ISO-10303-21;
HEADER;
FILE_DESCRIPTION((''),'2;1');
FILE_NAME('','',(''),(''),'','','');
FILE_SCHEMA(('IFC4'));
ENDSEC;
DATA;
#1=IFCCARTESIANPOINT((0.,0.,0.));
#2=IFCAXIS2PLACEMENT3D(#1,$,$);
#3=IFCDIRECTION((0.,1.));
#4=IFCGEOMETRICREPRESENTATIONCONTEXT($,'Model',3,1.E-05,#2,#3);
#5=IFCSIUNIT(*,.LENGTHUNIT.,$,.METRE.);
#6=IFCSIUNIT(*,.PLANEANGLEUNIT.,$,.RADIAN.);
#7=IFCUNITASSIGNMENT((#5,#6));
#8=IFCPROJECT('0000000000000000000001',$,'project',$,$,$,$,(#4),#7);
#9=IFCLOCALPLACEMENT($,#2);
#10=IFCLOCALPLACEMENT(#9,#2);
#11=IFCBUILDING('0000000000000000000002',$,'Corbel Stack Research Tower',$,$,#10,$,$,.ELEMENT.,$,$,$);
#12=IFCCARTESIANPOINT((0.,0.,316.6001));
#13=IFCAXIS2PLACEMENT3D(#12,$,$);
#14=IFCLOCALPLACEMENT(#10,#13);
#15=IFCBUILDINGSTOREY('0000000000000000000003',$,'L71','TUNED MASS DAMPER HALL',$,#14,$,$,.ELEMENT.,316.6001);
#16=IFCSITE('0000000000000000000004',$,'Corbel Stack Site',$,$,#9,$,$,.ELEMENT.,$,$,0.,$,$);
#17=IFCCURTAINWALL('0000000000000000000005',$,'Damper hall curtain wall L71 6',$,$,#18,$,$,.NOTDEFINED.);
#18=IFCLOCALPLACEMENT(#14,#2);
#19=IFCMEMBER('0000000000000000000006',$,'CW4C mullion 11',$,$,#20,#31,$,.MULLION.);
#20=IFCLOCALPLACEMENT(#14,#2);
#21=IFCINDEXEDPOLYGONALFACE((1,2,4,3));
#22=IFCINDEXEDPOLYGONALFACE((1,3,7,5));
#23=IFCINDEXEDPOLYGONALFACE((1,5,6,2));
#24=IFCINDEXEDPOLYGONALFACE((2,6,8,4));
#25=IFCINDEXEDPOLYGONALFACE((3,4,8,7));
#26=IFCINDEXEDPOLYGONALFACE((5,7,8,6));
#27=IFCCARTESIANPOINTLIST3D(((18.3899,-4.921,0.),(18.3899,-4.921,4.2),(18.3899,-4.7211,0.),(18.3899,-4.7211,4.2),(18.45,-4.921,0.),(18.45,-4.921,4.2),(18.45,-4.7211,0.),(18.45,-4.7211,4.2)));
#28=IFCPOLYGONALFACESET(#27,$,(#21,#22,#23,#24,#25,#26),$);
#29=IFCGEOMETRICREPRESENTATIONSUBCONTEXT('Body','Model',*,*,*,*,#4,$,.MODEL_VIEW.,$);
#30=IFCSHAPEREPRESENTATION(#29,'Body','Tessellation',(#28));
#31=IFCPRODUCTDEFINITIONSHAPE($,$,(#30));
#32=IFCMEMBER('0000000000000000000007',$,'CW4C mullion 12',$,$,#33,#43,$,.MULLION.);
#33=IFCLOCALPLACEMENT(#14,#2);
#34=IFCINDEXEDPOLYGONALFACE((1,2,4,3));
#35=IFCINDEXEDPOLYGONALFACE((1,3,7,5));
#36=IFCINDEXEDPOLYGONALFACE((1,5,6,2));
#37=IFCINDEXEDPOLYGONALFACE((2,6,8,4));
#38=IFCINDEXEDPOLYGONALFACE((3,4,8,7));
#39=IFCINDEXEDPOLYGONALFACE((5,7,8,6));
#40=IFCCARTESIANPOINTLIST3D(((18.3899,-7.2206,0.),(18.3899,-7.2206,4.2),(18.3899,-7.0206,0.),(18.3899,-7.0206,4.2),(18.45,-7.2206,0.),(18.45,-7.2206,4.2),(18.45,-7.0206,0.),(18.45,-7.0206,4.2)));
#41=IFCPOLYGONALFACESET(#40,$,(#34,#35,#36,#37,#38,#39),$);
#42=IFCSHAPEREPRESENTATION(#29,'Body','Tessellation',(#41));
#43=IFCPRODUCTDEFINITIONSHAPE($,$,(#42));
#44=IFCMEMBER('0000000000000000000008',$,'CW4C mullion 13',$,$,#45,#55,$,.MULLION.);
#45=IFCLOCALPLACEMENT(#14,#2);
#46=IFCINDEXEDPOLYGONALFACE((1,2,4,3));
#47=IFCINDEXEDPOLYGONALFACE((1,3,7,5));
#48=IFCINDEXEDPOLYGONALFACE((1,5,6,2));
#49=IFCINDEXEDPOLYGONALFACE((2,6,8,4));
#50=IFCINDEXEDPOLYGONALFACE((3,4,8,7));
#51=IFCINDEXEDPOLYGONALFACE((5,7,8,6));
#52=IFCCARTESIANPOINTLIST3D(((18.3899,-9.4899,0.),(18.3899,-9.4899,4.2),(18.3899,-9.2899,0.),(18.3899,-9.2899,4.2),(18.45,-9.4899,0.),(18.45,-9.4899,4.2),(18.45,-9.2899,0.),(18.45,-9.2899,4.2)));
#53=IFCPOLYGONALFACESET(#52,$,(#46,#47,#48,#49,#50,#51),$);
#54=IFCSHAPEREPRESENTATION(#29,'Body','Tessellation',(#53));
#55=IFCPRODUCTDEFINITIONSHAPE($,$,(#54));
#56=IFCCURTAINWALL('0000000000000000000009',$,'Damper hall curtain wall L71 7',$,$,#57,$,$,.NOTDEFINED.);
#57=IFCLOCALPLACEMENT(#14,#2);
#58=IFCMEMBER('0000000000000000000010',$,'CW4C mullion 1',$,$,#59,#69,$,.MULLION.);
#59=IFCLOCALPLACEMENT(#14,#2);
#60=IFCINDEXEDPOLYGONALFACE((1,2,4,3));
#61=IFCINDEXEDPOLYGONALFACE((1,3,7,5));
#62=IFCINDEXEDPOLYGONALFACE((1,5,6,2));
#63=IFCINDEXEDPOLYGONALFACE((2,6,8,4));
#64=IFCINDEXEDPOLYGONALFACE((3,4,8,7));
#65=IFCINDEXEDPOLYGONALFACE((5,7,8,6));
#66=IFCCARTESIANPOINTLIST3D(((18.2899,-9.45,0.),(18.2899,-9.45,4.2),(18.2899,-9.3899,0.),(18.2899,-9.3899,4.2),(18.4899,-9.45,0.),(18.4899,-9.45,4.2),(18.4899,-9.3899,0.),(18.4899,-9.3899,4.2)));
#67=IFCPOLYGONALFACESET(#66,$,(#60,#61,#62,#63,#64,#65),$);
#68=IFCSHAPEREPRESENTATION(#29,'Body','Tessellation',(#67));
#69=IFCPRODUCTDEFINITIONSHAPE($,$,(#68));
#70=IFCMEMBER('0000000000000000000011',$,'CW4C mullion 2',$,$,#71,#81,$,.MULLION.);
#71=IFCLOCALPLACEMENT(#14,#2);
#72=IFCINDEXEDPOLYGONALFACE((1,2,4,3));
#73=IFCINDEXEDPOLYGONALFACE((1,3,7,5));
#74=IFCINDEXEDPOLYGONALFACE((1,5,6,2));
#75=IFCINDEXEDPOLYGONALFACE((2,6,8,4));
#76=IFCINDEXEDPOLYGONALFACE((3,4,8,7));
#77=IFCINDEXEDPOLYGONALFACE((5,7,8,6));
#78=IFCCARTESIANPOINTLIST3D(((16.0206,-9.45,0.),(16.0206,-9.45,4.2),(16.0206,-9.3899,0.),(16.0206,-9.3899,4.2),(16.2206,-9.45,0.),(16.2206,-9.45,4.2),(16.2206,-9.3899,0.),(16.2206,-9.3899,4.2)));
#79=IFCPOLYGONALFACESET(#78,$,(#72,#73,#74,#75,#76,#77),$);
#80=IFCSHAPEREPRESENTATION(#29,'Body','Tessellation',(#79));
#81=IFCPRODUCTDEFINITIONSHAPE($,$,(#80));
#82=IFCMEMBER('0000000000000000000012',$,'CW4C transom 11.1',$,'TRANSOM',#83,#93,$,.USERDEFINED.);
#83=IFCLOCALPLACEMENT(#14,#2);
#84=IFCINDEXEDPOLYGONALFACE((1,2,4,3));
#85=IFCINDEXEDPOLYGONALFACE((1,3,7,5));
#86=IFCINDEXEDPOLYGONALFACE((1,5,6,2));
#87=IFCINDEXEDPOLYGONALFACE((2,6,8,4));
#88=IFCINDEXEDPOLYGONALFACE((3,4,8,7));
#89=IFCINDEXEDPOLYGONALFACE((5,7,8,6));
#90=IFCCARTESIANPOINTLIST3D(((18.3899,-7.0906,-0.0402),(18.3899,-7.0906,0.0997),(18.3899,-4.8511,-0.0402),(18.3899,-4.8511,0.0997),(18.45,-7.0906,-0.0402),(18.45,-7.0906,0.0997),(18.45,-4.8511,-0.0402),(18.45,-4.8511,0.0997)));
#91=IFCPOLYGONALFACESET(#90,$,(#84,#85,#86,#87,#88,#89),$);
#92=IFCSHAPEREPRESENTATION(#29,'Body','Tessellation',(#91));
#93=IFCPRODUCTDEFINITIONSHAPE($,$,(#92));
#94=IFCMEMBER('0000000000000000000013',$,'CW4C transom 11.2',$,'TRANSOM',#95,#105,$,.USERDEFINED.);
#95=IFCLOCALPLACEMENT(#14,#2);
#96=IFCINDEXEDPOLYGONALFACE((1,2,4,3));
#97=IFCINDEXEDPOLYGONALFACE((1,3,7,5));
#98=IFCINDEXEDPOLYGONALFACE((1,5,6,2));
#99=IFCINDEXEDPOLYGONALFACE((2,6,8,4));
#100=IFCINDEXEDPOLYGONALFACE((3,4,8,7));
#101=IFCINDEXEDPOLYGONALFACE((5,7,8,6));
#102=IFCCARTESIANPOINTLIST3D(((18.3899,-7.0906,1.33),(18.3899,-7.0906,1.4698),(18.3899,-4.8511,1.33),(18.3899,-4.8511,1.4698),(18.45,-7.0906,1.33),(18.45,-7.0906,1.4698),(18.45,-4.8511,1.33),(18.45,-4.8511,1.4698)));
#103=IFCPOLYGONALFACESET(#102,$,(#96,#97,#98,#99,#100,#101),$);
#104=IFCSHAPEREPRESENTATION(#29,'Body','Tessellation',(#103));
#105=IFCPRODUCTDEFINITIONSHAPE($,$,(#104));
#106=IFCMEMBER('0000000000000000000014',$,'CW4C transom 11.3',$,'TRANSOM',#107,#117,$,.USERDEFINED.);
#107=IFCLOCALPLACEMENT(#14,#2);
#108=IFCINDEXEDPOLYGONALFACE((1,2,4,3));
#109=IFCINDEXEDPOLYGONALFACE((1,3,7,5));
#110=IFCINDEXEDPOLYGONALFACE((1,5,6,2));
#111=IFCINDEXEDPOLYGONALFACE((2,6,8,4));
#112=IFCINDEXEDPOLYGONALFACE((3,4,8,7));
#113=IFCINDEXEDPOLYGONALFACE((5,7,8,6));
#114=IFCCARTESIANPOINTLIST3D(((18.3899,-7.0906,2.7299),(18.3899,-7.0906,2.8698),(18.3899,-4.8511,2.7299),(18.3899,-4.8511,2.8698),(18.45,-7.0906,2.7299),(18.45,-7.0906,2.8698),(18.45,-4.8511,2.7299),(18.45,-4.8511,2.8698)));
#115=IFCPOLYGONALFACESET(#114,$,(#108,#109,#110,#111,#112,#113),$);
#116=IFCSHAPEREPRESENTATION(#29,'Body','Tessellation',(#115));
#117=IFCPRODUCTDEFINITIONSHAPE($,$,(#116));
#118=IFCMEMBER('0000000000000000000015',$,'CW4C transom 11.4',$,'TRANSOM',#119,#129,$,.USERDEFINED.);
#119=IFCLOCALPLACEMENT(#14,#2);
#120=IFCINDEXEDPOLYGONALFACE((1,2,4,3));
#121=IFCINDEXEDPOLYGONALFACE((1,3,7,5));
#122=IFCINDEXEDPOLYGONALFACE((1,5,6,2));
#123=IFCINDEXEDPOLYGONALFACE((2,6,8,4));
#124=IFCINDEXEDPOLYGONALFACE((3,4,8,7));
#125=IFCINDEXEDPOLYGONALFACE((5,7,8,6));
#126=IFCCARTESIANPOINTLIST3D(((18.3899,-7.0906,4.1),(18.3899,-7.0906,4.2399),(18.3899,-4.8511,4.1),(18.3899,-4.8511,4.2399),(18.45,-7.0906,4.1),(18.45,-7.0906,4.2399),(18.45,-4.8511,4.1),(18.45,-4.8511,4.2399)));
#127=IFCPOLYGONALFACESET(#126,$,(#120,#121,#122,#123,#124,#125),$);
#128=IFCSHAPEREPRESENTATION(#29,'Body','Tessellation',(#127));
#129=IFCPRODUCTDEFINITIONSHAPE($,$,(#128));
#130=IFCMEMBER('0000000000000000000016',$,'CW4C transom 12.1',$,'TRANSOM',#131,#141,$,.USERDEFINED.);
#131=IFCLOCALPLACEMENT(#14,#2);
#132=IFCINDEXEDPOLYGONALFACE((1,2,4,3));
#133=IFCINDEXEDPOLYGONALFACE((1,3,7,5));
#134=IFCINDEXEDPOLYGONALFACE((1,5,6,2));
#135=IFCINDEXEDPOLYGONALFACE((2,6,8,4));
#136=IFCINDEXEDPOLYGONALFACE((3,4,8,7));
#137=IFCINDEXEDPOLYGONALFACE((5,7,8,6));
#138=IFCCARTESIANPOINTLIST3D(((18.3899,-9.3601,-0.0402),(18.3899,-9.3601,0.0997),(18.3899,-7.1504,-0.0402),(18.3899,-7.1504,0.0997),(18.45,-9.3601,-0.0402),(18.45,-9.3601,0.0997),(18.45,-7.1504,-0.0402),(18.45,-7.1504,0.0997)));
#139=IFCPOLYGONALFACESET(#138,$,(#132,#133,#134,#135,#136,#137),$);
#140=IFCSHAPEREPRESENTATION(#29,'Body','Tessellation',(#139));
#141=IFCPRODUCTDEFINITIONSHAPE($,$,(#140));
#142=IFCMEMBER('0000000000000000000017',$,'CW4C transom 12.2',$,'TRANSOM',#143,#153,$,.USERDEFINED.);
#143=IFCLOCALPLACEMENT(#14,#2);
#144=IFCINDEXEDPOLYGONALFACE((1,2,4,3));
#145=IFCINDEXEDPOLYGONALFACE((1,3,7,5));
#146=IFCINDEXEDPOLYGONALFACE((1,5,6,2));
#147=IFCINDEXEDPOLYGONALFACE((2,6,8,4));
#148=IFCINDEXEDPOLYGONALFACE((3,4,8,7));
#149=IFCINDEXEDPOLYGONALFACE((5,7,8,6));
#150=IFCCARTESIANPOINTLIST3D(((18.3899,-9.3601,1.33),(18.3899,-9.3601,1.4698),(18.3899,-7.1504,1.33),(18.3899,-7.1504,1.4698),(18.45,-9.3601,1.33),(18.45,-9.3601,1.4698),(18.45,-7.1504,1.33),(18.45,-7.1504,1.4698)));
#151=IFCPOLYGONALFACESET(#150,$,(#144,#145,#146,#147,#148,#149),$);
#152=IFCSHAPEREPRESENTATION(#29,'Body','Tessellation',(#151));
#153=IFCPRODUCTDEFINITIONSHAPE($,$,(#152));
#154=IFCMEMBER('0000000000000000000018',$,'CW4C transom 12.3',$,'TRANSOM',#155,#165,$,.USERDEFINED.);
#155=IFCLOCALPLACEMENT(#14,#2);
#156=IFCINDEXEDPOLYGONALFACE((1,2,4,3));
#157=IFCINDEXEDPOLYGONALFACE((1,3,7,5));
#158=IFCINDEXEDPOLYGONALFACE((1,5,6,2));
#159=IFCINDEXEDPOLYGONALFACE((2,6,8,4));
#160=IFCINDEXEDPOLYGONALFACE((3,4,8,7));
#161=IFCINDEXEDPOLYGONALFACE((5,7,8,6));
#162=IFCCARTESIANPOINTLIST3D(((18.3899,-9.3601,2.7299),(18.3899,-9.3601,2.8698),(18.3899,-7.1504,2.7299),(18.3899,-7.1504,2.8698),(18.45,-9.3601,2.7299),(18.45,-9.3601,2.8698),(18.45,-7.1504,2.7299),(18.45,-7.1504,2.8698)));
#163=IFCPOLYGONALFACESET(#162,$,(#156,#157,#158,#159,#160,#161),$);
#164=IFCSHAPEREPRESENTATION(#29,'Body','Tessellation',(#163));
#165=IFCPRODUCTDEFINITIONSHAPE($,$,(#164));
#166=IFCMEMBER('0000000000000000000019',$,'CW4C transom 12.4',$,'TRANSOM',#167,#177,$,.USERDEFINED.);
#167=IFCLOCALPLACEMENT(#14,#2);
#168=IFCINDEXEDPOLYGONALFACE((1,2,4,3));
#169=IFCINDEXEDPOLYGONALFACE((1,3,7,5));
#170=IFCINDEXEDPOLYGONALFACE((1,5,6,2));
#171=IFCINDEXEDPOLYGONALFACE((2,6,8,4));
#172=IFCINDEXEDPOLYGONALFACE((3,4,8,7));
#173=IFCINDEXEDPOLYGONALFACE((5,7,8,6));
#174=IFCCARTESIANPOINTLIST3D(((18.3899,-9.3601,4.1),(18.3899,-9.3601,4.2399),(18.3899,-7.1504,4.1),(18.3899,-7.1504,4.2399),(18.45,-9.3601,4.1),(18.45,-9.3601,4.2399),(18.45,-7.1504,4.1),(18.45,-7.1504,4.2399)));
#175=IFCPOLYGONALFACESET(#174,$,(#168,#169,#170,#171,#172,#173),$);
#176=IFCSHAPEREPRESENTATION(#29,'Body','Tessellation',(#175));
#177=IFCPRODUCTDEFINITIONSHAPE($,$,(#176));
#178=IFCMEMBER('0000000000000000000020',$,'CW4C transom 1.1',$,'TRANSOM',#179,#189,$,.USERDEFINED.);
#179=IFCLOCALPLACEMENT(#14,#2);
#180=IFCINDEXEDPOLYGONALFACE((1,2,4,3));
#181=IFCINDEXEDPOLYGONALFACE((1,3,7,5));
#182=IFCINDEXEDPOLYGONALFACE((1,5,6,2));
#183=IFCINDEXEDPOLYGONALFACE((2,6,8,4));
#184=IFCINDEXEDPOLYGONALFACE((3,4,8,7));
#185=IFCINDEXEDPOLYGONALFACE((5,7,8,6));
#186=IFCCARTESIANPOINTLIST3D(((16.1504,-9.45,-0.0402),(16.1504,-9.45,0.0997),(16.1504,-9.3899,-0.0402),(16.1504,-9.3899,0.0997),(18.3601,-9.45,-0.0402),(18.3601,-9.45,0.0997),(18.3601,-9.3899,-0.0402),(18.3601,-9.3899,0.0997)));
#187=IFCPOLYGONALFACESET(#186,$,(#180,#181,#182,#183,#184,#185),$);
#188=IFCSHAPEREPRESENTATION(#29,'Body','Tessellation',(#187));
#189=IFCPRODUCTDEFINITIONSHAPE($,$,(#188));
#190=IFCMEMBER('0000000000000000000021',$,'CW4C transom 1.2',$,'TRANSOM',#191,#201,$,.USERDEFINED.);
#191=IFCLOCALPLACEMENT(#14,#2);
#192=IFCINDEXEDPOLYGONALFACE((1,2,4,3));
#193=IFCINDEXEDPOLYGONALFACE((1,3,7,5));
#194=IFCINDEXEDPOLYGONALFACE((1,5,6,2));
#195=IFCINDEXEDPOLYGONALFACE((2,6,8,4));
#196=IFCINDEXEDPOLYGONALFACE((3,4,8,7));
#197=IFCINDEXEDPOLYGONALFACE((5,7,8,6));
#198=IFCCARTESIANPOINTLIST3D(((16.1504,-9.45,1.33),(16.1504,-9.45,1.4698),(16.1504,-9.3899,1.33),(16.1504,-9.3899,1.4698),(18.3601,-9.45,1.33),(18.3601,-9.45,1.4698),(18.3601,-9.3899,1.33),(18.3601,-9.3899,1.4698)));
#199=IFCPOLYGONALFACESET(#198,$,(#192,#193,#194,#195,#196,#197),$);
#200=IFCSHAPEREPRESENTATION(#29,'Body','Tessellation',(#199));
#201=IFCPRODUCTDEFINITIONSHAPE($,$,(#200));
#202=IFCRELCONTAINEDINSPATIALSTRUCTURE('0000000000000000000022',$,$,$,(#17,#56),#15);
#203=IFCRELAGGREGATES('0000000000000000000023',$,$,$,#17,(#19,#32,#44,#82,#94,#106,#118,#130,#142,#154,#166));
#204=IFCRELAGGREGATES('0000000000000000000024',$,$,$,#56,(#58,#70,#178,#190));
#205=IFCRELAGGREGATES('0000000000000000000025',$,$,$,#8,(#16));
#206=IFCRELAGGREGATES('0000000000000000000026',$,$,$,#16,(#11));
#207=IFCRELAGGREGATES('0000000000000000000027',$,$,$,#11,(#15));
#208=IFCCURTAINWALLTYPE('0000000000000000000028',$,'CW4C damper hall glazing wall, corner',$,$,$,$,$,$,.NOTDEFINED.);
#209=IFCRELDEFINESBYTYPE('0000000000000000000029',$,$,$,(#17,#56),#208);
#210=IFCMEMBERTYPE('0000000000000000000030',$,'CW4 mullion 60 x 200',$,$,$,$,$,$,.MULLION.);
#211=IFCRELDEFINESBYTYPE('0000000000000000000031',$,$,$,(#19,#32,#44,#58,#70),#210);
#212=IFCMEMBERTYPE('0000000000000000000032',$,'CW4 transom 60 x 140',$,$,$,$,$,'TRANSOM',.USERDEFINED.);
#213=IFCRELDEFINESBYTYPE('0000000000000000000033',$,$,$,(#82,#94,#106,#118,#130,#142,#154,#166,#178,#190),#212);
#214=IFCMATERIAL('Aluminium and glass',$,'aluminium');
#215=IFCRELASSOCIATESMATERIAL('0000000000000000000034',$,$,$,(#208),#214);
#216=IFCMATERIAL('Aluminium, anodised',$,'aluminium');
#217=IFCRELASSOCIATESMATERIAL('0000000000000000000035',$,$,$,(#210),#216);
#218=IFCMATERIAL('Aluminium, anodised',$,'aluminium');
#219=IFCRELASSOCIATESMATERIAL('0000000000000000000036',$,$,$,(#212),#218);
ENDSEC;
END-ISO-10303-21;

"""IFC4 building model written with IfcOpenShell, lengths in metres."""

from ifc_helpers import new_model, si_unit, direction, frame, origin, origin_2d, place, context, subcontext, project, spatial, rectangle, extrude, material, material_profile, profile_set, type_object, element, aggregate, save


model = new_model("IFC4")

# Units and contexts
model_context = context("Model", 3, precision=1e-05, world=origin(), true_north=direction((0.0, 1.0)))
body_context = subcontext(model_context, "Body", "Model", "MODEL_VIEW")
ifc_project = project(units=[si_unit("LENGTHUNIT", "METRE"), si_unit("PLANEANGLEUNIT", "RADIAN")], contexts=[model_context])

# Site, building, storey
site_placement = place(None, origin())
site = spatial("IfcSite", under=ifc_project, at=site_placement, Name="Corbel Stack Site", CompositionType="ELEMENT", RefElevation=0.0)
building_placement = place(site_placement, origin())
building = spatial("IfcBuilding", under=site, at=building_placement, Name="Corbel Stack Research Tower", CompositionType="ELEMENT")
storey_placement = place(building_placement, frame((0.0, 0.0, 316.6001)))
storey = spatial("IfcBuildingStorey", under=building, at=storey_placement, Name="L71", Description="TUNED MASS DAMPER HALL", CompositionType="ELEMENT", Elevation=316.6001)

# Curtain walls, members
ifc_material_1 = material(Name="Aluminium and glass", Category="aluminium")
curtain_wall_type = type_object("IfcCurtainWallType", Name="CW4C damper hall glazing wall, corner", PredefinedType="NOTDEFINED", material=ifc_material_1)
curtain_wall_1_placement = place(storey_placement, origin())
curtain_wall_1 = element("IfcCurtainWall", 1, at=curtain_wall_1_placement, inside=storey, type_object=curtain_wall_type, Name="Damper hall curtain wall L71 6", PredefinedType="NOTDEFINED")
ifc_material_2 = material(Name="Aluminium, anodised", Category="aluminium")
ifc_material_profile_1 = material_profile(ifc_material_2, rectangle(XDim=0.0601, YDim=0.2, at=origin_2d()), Name="CW4 mullion 60 x 200")
ifc_profile_set_1 = profile_set([ifc_material_profile_1], Name="Aluminium, anodised")
member_type_1 = type_object("IfcMemberType", Name="CW4 mullion 60 x 200", PredefinedType="MULLION", material=ifc_profile_set_1)
member_1_placement = place(storey_placement, frame((18.4199, -4.821, 0.0), z_axis=(0.0, 0.0, 1.0), x_axis=(1.0, 0.0, 0.0)))
member_1 = element("IfcMember", 2, at=member_1_placement, type_object=member_type_1, Name="CW4C mullion 11", PredefinedType="MULLION", context=body_context, shape_type="SweptSolid", body=[
    extrude(rectangle(XDim=0.0601, YDim=0.2, at=origin_2d()), origin(), (0.0, 0.0, 1.0), 4.2),
])
member_2_placement = place(storey_placement, frame((18.4199, -7.1206, 0.0), z_axis=(0.0, 0.0, 1.0), x_axis=(1.0, 0.0, 0.0)))
member_2 = element("IfcMember", 3, at=member_2_placement, type_object=member_type_1, Name="CW4C mullion 12", PredefinedType="MULLION", context=body_context, shape_type="SweptSolid", body=[
    extrude(rectangle(XDim=0.0601, YDim=0.2, at=origin_2d()), origin(), (0.0, 0.0, 1.0), 4.2),
])
member_3_placement = place(storey_placement, frame((18.4199, -9.3899, 0.0), z_axis=(0.0, 0.0, 1.0), x_axis=(1.0, 0.0, 0.0)))
member_3 = element("IfcMember", 4, at=member_3_placement, type_object=member_type_1, Name="CW4C mullion 13", PredefinedType="MULLION", context=body_context, shape_type="SweptSolid", body=[
    extrude(rectangle(XDim=0.0601, YDim=0.2, at=origin_2d()), origin(), (0.0, 0.0, 1.0), 4.2),
])
curtain_wall_2_placement = place(storey_placement, origin())
curtain_wall_2 = element("IfcCurtainWall", 5, at=curtain_wall_2_placement, inside=storey, type_object=curtain_wall_type, Name="Damper hall curtain wall L71 7", PredefinedType="NOTDEFINED")
member_4_placement = place(storey_placement, frame((18.3899, -9.4199, 0.0), z_axis=(0.0, 0.0, 1.0), x_axis=(0.0, -1.0, 0.0)))
member_4 = element("IfcMember", 6, at=member_4_placement, type_object=member_type_1, Name="CW4C mullion 1", PredefinedType="MULLION", context=body_context, shape_type="SweptSolid", body=[
    extrude(rectangle(XDim=0.0601, YDim=0.2, at=origin_2d()), origin(), (0.0, 0.0, 1.0), 4.2),
])
member_5_placement = place(storey_placement, frame((16.1206, -9.4199, 0.0), z_axis=(0.0, 0.0, 1.0), x_axis=(0.0, -1.0, 0.0)))
member_5 = element("IfcMember", 7, at=member_5_placement, type_object=member_type_1, Name="CW4C mullion 2", PredefinedType="MULLION", context=body_context, shape_type="SweptSolid", body=[
    extrude(rectangle(XDim=0.0601, YDim=0.2, at=origin_2d()), origin(), (0.0, 0.0, 1.0), 4.2),
])

# Members
ifc_material_3 = material(Name="Aluminium, anodised", Category="aluminium")
ifc_material_profile_2 = material_profile(ifc_material_3, rectangle(XDim=0.0601, YDim=0.1399, at=origin_2d()), Name="CW4 transom 60 x 140")
ifc_profile_set_2 = profile_set([ifc_material_profile_2], Name="Aluminium, anodised")
member_type_2 = type_object("IfcMemberType", Name="CW4 transom 60 x 140", ElementType="TRANSOM", PredefinedType="USERDEFINED", material=ifc_profile_set_2)
member_6_placement = place(storey_placement, frame((18.4199, -4.8511, 0.0298), z_axis=(0.0, -1.0, 0.0), x_axis=(1.0, 0.0, 0.0)))
member_6 = element("IfcMember", 8, at=member_6_placement, type_object=member_type_2, Name="CW4C transom 11.1", ObjectType="TRANSOM", PredefinedType="USERDEFINED", context=body_context, shape_type="SweptSolid", body=[
    extrude(rectangle(XDim=0.0601, YDim=0.1399, at=origin_2d()), origin(), (0.0, 0.0, 1.0), 2.2395),
])
member_7_placement = place(storey_placement, frame((18.4199, -4.8511, 1.3999), z_axis=(0.0, -1.0, 0.0), x_axis=(1.0, 0.0, 0.0)))
member_7 = element("IfcMember", 9, at=member_7_placement, type_object=member_type_2, Name="CW4C transom 11.2", ObjectType="TRANSOM", PredefinedType="USERDEFINED", context=body_context, shape_type="SweptSolid", body=[
    extrude(rectangle(XDim=0.0601, YDim=0.1399, at=origin_2d()), origin(), (0.0, 0.0, 1.0), 2.2395),
])
member_8_placement = place(storey_placement, frame((18.4199, -4.8511, 2.7998), z_axis=(0.0, -1.0, 0.0), x_axis=(1.0, 0.0, 0.0)))
member_8 = element("IfcMember", 10, at=member_8_placement, type_object=member_type_2, Name="CW4C transom 11.3", ObjectType="TRANSOM", PredefinedType="USERDEFINED", context=body_context, shape_type="SweptSolid", body=[
    extrude(rectangle(XDim=0.0601, YDim=0.1399, at=origin_2d()), origin(), (0.0, 0.0, 1.0), 2.2395),
])
member_9_placement = place(storey_placement, frame((18.4199, -4.8511, 4.1699), z_axis=(0.0, -1.0, 0.0), x_axis=(1.0, 0.0, 0.0)))
member_9 = element("IfcMember", 11, at=member_9_placement, type_object=member_type_2, Name="CW4C transom 11.4", ObjectType="TRANSOM", PredefinedType="USERDEFINED", context=body_context, shape_type="SweptSolid", body=[
    extrude(rectangle(XDim=0.0601, YDim=0.1399, at=origin_2d()), origin(), (0.0, 0.0, 1.0), 2.2395),
])
member_10_placement = place(storey_placement, frame((18.4199, -7.1504, 0.0298), z_axis=(0.0, -1.0, 0.0), x_axis=(1.0, 0.0, 0.0)))
member_10 = element("IfcMember", 12, at=member_10_placement, type_object=member_type_2, Name="CW4C transom 12.1", ObjectType="TRANSOM", PredefinedType="USERDEFINED", context=body_context, shape_type="SweptSolid", body=[
    extrude(rectangle(XDim=0.0601, YDim=0.1399, at=origin_2d()), origin(), (0.0, 0.0, 1.0), 2.2097),
])
member_11_placement = place(storey_placement, frame((18.4199, -7.1504, 1.3999), z_axis=(0.0, -1.0, 0.0), x_axis=(1.0, 0.0, 0.0)))
member_11 = element("IfcMember", 13, at=member_11_placement, type_object=member_type_2, Name="CW4C transom 12.2", ObjectType="TRANSOM", PredefinedType="USERDEFINED", context=body_context, shape_type="SweptSolid", body=[
    extrude(rectangle(XDim=0.0601, YDim=0.1399, at=origin_2d()), origin(), (0.0, 0.0, 1.0), 2.2097),
])
member_12_placement = place(storey_placement, frame((18.4199, -7.1504, 2.7998), z_axis=(0.0, -1.0, 0.0), x_axis=(1.0, 0.0, 0.0)))
member_12 = element("IfcMember", 14, at=member_12_placement, type_object=member_type_2, Name="CW4C transom 12.3", ObjectType="TRANSOM", PredefinedType="USERDEFINED", context=body_context, shape_type="SweptSolid", body=[
    extrude(rectangle(XDim=0.0601, YDim=0.1399, at=origin_2d()), origin(), (0.0, 0.0, 1.0), 2.2097),
])
member_13_placement = place(storey_placement, frame((18.4199, -7.1504, 4.1699), z_axis=(0.0, -1.0, 0.0), x_axis=(1.0, 0.0, 0.0)))
member_13 = element("IfcMember", 15, at=member_13_placement, type_object=member_type_2, Name="CW4C transom 12.4", ObjectType="TRANSOM", PredefinedType="USERDEFINED", context=body_context, shape_type="SweptSolid", body=[
    extrude(rectangle(XDim=0.0601, YDim=0.1399, at=origin_2d()), origin(), (0.0, 0.0, 1.0), 2.2097),
])
member_14_placement = place(storey_placement, frame((18.3601, -9.4199, 0.0298), z_axis=(-1.0, 0.0, 0.0), x_axis=(0.0, -1.0, 0.0)))
member_14 = element("IfcMember", 16, at=member_14_placement, type_object=member_type_2, Name="CW4C transom 1.1", ObjectType="TRANSOM", PredefinedType="USERDEFINED", context=body_context, shape_type="SweptSolid", body=[
    extrude(rectangle(XDim=0.0601, YDim=0.1399, at=origin_2d()), origin(), (0.0, 0.0, 1.0), 2.2097),
])
member_15_placement = place(storey_placement, frame((18.3601, -9.4199, 1.3999), z_axis=(-1.0, 0.0, 0.0), x_axis=(0.0, -1.0, 0.0)))
member_15 = element("IfcMember", 17, at=member_15_placement, type_object=member_type_2, Name="CW4C transom 1.2", ObjectType="TRANSOM", PredefinedType="USERDEFINED", context=body_context, shape_type="SweptSolid", body=[
    extrude(rectangle(XDim=0.0601, YDim=0.1399, at=origin_2d()), origin(), (0.0, 0.0, 1.0), 2.2097),
])

aggregate(curtain_wall_1, [member_1, member_2, member_3, member_6, member_7, member_8, member_9, member_10, member_11, member_12, member_13])
aggregate(curtain_wall_2, [member_4, member_5, member_14, member_15])

save(model, "model.ifc")
